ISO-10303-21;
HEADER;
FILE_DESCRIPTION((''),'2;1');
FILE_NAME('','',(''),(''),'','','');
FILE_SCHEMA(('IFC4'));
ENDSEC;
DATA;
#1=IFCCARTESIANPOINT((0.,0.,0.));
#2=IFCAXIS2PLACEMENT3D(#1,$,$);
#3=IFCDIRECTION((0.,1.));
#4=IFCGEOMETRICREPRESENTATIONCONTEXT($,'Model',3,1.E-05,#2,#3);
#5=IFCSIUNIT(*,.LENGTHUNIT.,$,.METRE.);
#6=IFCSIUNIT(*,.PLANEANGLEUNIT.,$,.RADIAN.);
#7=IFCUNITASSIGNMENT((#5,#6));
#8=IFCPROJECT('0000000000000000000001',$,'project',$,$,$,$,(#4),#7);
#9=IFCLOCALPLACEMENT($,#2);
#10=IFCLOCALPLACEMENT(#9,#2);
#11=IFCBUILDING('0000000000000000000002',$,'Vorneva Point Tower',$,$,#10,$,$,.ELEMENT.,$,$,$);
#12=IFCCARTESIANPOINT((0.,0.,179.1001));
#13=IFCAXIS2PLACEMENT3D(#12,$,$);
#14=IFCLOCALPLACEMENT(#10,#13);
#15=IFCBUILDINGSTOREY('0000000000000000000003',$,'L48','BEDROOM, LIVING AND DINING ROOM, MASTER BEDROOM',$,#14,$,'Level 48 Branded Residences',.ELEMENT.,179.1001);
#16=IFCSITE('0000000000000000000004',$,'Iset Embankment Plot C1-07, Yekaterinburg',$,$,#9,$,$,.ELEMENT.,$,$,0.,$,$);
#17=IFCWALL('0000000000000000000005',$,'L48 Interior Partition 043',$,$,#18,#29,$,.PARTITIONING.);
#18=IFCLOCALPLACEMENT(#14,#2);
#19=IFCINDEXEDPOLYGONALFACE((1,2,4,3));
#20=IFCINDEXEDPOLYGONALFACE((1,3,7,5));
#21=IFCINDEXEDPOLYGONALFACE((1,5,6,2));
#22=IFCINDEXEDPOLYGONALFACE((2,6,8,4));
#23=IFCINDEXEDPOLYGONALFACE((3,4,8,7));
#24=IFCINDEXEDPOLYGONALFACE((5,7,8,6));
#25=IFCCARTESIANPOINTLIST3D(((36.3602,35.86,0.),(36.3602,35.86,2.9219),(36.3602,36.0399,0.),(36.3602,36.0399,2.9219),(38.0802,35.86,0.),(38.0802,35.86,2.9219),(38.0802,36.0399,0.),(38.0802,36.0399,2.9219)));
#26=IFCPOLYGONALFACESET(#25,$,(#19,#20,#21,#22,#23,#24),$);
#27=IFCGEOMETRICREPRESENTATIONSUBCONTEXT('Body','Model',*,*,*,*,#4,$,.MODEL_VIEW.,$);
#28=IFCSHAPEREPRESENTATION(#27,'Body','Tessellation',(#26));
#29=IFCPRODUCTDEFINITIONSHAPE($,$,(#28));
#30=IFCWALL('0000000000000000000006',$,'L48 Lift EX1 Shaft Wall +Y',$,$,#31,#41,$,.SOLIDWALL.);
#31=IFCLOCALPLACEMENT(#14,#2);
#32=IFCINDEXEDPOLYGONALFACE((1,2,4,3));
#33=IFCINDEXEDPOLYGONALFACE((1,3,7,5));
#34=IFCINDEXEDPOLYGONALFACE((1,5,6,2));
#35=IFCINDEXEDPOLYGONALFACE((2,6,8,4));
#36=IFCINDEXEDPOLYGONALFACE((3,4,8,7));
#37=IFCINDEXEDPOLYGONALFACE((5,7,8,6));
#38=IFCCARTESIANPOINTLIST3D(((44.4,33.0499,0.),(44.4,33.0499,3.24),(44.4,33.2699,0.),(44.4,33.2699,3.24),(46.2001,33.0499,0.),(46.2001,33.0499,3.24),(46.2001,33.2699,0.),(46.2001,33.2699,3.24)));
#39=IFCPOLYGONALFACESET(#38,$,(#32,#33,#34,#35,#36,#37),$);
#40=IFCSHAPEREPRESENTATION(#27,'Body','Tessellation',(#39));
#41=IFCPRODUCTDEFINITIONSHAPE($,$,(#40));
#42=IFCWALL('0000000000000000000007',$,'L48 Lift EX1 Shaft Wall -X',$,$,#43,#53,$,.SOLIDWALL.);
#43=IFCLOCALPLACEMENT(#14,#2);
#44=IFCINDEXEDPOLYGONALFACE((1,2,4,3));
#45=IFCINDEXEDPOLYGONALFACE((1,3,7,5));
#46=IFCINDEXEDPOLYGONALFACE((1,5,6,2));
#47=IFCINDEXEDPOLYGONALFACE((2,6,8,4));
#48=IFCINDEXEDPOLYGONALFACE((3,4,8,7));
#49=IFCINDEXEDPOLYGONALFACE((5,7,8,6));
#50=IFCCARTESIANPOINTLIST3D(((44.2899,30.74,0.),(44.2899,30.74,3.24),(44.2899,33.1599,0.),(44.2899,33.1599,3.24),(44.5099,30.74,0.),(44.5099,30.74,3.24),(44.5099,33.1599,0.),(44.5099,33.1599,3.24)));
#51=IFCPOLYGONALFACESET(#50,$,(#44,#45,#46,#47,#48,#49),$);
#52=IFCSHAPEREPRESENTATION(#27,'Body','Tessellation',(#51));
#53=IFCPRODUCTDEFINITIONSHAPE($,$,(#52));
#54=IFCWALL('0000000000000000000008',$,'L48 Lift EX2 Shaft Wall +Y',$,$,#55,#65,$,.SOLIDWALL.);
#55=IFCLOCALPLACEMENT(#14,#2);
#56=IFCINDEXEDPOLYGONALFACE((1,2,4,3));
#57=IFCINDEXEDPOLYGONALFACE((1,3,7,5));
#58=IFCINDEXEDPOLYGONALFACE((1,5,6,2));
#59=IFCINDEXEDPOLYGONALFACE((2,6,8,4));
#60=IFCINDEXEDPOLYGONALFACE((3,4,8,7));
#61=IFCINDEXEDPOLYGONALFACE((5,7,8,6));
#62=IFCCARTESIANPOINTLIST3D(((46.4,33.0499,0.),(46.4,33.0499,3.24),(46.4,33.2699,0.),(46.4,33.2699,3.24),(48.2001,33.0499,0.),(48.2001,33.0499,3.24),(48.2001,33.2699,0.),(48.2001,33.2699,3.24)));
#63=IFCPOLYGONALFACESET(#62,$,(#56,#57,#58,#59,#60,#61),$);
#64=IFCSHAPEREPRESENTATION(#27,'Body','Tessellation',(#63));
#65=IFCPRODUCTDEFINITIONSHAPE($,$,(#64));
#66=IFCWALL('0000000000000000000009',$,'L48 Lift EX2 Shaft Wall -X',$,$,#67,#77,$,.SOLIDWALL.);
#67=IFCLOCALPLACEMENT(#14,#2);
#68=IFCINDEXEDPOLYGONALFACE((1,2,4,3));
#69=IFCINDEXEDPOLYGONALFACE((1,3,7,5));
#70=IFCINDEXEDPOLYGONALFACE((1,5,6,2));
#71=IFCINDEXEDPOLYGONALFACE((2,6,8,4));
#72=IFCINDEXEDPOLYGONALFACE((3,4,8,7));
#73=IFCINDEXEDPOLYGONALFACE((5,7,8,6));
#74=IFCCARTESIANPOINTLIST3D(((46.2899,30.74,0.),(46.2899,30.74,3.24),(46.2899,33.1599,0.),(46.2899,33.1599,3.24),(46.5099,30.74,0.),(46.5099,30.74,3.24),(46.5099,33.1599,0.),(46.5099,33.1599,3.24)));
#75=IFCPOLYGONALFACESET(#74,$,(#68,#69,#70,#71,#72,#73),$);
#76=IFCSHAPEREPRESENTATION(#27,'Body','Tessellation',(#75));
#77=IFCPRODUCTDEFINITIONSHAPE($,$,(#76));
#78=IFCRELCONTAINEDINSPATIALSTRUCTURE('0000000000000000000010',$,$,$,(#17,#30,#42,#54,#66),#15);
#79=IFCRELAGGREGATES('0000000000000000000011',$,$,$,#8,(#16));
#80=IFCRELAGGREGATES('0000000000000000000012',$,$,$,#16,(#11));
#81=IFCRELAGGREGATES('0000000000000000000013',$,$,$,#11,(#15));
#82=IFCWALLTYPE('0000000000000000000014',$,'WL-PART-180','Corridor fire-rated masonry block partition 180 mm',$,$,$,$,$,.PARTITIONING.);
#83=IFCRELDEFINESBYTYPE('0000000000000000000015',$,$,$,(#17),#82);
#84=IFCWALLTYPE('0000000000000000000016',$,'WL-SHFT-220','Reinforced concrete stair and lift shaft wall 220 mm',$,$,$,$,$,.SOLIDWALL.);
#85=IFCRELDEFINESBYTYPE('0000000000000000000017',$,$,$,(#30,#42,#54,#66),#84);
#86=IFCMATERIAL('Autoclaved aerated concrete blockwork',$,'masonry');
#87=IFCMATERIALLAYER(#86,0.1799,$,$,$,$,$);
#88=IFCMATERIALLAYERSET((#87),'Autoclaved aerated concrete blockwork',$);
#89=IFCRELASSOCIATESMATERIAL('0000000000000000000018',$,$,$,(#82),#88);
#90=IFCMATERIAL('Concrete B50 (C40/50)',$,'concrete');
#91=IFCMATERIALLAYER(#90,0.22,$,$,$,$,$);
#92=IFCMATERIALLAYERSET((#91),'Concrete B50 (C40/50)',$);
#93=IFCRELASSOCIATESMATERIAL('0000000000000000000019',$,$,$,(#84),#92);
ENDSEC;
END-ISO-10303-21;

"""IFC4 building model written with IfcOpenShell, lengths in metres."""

from ifc_helpers import new_model, si_unit, direction, frame, frame_2d, origin, place, context, subcontext, project, spatial, rectangle, extrude, material, layer, layer_set, type_object, element, save


model = new_model("IFC4")

# Units and contexts
model_context = context("Model", 3, precision=1e-05, world=origin(), true_north=direction((0.0, 1.0)))
body_context = subcontext(model_context, "Body", "Model", "MODEL_VIEW")
ifc_project = project(units=[si_unit("LENGTHUNIT", "METRE"), si_unit("PLANEANGLEUNIT", "RADIAN")], contexts=[model_context])

# Site, building, storey
site_placement = place(None, origin())
site = spatial("IfcSite", under=ifc_project, at=site_placement, Name="Iset Embankment Plot C1-07, Yekaterinburg", CompositionType="ELEMENT", RefElevation=0.0)
building_placement = place(site_placement, origin())
building = spatial("IfcBuilding", under=site, at=building_placement, Name="Vorneva Point Tower", CompositionType="ELEMENT")
storey_placement = place(building_placement, frame((0.0, 0.0, 179.1001)))
storey = spatial("IfcBuildingStorey", under=building, at=storey_placement, Name="L48", Description="BEDROOM, LIVING AND DINING ROOM, MASTER BEDROOM", LongName="Level 48 Branded Residences", CompositionType="ELEMENT", Elevation=179.1001)

# Shared definitions
ifc_material_1 = material(Name="Autoclaved aerated concrete blockwork", Category="masonry")
ifc_layer_1 = layer(ifc_material_1, 0.1799)
ifc_layer_set_1 = layer_set([ifc_layer_1], Name="Autoclaved aerated concrete blockwork")
wall_type_1 = type_object("IfcWallType", Name="WL-PART-180", Description="Corridor fire-rated masonry block partition 180 mm", PredefinedType="PARTITIONING", material=ifc_layer_set_1)

# Walls
wall_1_placement = place(storey_placement, frame((38.0801, 35.95, 0.0), z_axis=(0.0, 0.0, 1.0), x_axis=(-1.0, 0.0, 0.0)))
element("IfcWall", 1, at=wall_1_placement, inside=storey, type_object=wall_type_1, Name="L48 Interior Partition 043", PredefinedType="PARTITIONING", context=body_context, shape_type="SweptSolid", body=[
    extrude(rectangle(XDim=1.72, YDim=0.1799, at=frame_2d((0.8599, 0.0))), origin(), (0.0, 0.0, 1.0), 2.9219),
])
ifc_material_2 = material(Name="Concrete B50 (C40/50)", Category="concrete")
ifc_layer_2 = layer(ifc_material_2, 0.22)
ifc_layer_set_2 = layer_set([ifc_layer_2], Name="Concrete B50 (C40/50)")
wall_type_2 = type_object("IfcWallType", Name="WL-SHFT-220", Description="Reinforced concrete stair and lift shaft wall 220 mm", PredefinedType="SOLIDWALL", material=ifc_layer_set_2)
wall_2_placement = place(storey_placement, frame((46.2, 33.1599, 0.0), z_axis=(0.0, 0.0, 1.0), x_axis=(-1.0, 0.0, 0.0)))
element("IfcWall", 2, at=wall_2_placement, inside=storey, type_object=wall_type_2, Name="L48 Lift EX1 Shaft Wall +Y", PredefinedType="SOLIDWALL", context=body_context, shape_type="SweptSolid", body=[
    extrude(rectangle(XDim=1.8, YDim=0.22, at=frame_2d((0.8999, 0.0))), origin(), (0.0, 0.0, 1.0), 3.24),
])
wall_3_placement = place(storey_placement, frame((44.3999, 33.1599, 0.0), z_axis=(0.0, 0.0, 1.0), x_axis=(0.0, -1.0, 0.0)))
element("IfcWall", 3, at=wall_3_placement, inside=storey, type_object=wall_type_2, Name="L48 Lift EX1 Shaft Wall -X", PredefinedType="SOLIDWALL", context=body_context, shape_type="SweptSolid", body=[
    extrude(rectangle(XDim=2.4199, YDim=0.22, at=frame_2d((1.21, 0.0))), origin(), (0.0, 0.0, 1.0), 3.24),
])
wall_4_placement = place(storey_placement, frame((48.2, 33.1599, 0.0), z_axis=(0.0, 0.0, 1.0), x_axis=(-1.0, 0.0, 0.0)))
element("IfcWall", 4, at=wall_4_placement, inside=storey, type_object=wall_type_2, Name="L48 Lift EX2 Shaft Wall +Y", PredefinedType="SOLIDWALL", context=body_context, shape_type="SweptSolid", body=[
    extrude(rectangle(XDim=1.8, YDim=0.22, at=frame_2d((0.8999, 0.0))), origin(), (0.0, 0.0, 1.0), 3.24),
])
wall_5_placement = place(storey_placement, frame((46.3999, 33.1599, 0.0), z_axis=(0.0, 0.0, 1.0), x_axis=(0.0, -1.0, 0.0)))
element("IfcWall", 5, at=wall_5_placement, inside=storey, type_object=wall_type_2, Name="L48 Lift EX2 Shaft Wall -X", PredefinedType="SOLIDWALL", context=body_context, shape_type="SweptSolid", body=[
    extrude(rectangle(XDim=2.4199, YDim=0.22, at=frame_2d((1.21, 0.0))), origin(), (0.0, 0.0, 1.0), 3.24),
])

save(model, "model.ifc")
